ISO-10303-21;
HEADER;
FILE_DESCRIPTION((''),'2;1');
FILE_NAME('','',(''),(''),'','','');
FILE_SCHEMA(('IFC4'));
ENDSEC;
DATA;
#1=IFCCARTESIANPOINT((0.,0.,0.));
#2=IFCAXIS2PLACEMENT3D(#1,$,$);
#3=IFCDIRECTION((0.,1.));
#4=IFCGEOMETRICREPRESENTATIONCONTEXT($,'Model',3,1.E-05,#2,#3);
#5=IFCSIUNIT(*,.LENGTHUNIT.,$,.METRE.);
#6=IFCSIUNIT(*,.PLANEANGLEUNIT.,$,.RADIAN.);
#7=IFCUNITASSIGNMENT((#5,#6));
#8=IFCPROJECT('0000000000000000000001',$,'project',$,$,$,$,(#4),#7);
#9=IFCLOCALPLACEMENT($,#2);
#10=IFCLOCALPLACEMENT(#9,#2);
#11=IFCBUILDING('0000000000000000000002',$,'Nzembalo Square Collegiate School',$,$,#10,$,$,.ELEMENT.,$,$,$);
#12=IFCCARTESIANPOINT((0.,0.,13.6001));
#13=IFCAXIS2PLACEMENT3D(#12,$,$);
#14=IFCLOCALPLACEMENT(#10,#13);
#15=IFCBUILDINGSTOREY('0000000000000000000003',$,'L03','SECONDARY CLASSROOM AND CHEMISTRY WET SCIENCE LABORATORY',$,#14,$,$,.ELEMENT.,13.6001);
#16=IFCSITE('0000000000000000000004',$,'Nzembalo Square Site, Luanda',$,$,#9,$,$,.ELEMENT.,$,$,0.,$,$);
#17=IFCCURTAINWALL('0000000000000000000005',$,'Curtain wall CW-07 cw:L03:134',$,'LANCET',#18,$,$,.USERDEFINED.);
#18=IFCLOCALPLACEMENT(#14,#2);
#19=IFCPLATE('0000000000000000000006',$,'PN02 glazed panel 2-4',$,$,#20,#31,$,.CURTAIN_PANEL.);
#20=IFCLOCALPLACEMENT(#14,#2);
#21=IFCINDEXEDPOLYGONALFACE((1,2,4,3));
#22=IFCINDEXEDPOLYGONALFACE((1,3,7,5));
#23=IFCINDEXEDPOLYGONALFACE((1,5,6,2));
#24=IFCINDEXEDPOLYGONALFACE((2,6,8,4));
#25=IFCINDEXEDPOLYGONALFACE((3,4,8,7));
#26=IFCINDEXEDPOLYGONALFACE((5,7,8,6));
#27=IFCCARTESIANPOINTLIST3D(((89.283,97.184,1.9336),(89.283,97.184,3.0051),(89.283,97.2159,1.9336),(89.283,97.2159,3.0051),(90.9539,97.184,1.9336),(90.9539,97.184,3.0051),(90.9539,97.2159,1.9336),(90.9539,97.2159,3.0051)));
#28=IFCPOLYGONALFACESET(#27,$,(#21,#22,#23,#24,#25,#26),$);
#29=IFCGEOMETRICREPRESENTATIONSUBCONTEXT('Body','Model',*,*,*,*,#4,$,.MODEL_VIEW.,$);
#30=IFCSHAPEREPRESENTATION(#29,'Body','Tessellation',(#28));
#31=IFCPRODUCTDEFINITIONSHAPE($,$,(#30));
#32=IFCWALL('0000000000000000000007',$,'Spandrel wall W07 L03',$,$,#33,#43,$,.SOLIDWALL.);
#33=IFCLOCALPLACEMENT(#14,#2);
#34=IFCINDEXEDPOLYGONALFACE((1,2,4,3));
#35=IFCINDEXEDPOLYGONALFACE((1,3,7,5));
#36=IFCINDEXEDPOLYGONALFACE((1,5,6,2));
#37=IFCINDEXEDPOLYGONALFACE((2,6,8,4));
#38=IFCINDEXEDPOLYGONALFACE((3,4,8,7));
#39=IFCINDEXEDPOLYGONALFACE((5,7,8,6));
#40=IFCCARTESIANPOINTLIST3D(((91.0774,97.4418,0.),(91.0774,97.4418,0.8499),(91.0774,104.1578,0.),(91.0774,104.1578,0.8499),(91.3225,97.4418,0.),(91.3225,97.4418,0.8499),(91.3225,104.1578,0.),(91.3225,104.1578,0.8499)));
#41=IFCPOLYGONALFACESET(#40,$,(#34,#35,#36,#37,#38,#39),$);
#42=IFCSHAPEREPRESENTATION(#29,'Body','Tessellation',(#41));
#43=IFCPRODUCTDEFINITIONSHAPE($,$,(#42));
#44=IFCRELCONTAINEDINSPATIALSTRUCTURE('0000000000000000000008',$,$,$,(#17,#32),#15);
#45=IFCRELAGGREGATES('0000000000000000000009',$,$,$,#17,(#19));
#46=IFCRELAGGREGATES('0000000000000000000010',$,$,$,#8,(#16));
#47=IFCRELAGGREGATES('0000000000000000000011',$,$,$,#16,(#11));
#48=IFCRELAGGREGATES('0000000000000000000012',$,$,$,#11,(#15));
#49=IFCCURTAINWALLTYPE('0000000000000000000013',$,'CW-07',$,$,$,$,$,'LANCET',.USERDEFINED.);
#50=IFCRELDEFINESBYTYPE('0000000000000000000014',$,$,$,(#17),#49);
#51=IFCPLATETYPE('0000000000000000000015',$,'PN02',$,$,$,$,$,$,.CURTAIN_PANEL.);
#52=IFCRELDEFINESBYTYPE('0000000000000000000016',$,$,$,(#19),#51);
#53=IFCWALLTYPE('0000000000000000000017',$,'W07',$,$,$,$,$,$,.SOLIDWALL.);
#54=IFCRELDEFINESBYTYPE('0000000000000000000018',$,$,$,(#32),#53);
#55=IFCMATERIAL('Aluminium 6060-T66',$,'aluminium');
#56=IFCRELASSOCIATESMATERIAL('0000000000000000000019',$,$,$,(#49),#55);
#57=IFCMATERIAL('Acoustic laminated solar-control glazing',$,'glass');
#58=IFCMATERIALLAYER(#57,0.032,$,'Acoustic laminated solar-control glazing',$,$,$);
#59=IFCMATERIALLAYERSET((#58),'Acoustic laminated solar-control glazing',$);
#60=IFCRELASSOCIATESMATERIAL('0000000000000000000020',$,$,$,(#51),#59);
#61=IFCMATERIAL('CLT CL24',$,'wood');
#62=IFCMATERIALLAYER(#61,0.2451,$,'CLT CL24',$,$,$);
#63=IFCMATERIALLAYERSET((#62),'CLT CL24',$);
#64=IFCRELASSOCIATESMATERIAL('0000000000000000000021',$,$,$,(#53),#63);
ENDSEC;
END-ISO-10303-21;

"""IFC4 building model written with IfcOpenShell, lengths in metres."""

from ifc_helpers import new_model, si_unit, direction, frame, frame_2d, origin, origin_2d, place, context, subcontext, project, spatial, rectangle, extrude, material, layer, layer_set, type_object, element, aggregate, save


model = new_model("IFC4")

# Units and contexts
model_context = context("Model", 3, precision=1e-05, world=origin(), true_north=direction((0.0, 1.0)))
body_context = subcontext(model_context, "Body", "Model", "MODEL_VIEW")
ifc_project = project(units=[si_unit("LENGTHUNIT", "METRE"), si_unit("PLANEANGLEUNIT", "RADIAN")], contexts=[model_context])

# Site, building, storey
site_placement = place(None, origin())
site = spatial("IfcSite", under=ifc_project, at=site_placement, Name="Nzembalo Square Site, Luanda", CompositionType="ELEMENT", RefElevation=0.0)
building_placement = place(site_placement, origin())
building = spatial("IfcBuilding", under=site, at=building_placement, Name="Nzembalo Square Collegiate School", CompositionType="ELEMENT")
storey_placement = place(building_placement, frame((0.0, 0.0, 13.6001)))
storey = spatial("IfcBuildingStorey", under=building, at=storey_placement, Name="L03", Description="SECONDARY CLASSROOM AND CHEMISTRY WET SCIENCE LABORATORY", CompositionType="ELEMENT", Elevation=13.6001)

# Curtain wall
ifc_material_1 = material(Name="Aluminium 6060-T66", Category="aluminium")
curtain_wall_type_1 = type_object("IfcCurtainWallType", Name="CW-07", ElementType="LANCET", PredefinedType="USERDEFINED", material=ifc_material_1)
curtain_wall_1_placement = place(storey_placement, origin())
curtain_wall_1 = element("IfcCurtainWall", 1, at=curtain_wall_1_placement, inside=storey, type_object=curtain_wall_type_1, Name="Curtain wall CW-07 cw:L03:134", ObjectType="LANCET", PredefinedType="USERDEFINED")

# Plate
ifc_material_2 = material(Name="Acoustic laminated solar-control glazing", Category="glass")
ifc_layer_1 = layer(ifc_material_2, 0.032, Name="Acoustic laminated solar-control glazing")
ifc_layer_set_1 = layer_set([ifc_layer_1], Name="Acoustic laminated solar-control glazing")
plate_type = type_object("IfcPlateType", Name="PN02", PredefinedType="CURTAIN_PANEL", material=ifc_layer_set_1)
plate_1_placement = place(storey_placement, frame((90.1184, 97.2, 1.9336), z_axis=(0.0, 0.0, 1.0), x_axis=(1.0, 0.0, 0.0)))
plate_1 = element("IfcPlate", 2, at=plate_1_placement, type_object=plate_type, Name="PN02 glazed panel 2-4", PredefinedType="CURTAIN_PANEL", context=body_context, shape_type="SweptSolid", body=[
    extrude(rectangle(XDim=1.6709, YDim=0.032, at=origin_2d()), origin(), (0.0, 0.0, 1.0), 1.0715),
])
aggregate(curtain_wall_1, [plate_1])

# Wall
ifc_material_3 = material(Name="CLT CL24", Category="wood")
ifc_layer_2 = layer(ifc_material_3, 0.2451, Name="CLT CL24")
ifc_layer_set_2 = layer_set([ifc_layer_2], Name="CLT CL24")
wall_type = type_object("IfcWallType", Name="W07", PredefinedType="SOLIDWALL", material=ifc_layer_set_2)
wall_placement = place(storey_placement, frame((91.2, 97.4419, 0.0), z_axis=(0.0, 0.0, 1.0), x_axis=(0.0, 1.0, 0.0)))
element("IfcWall", 3, at=wall_placement, inside=storey, type_object=wall_type, Name="Spandrel wall W07 L03", PredefinedType="SOLIDWALL", context=body_context, shape_type="SweptSolid", body=[
    extrude(rectangle(XDim=6.7161, YDim=0.2451, at=frame_2d((3.3579, 0.0))), origin(), (0.0, 0.0, 1.0), 0.8499),
])

save(model, "model.ifc")
